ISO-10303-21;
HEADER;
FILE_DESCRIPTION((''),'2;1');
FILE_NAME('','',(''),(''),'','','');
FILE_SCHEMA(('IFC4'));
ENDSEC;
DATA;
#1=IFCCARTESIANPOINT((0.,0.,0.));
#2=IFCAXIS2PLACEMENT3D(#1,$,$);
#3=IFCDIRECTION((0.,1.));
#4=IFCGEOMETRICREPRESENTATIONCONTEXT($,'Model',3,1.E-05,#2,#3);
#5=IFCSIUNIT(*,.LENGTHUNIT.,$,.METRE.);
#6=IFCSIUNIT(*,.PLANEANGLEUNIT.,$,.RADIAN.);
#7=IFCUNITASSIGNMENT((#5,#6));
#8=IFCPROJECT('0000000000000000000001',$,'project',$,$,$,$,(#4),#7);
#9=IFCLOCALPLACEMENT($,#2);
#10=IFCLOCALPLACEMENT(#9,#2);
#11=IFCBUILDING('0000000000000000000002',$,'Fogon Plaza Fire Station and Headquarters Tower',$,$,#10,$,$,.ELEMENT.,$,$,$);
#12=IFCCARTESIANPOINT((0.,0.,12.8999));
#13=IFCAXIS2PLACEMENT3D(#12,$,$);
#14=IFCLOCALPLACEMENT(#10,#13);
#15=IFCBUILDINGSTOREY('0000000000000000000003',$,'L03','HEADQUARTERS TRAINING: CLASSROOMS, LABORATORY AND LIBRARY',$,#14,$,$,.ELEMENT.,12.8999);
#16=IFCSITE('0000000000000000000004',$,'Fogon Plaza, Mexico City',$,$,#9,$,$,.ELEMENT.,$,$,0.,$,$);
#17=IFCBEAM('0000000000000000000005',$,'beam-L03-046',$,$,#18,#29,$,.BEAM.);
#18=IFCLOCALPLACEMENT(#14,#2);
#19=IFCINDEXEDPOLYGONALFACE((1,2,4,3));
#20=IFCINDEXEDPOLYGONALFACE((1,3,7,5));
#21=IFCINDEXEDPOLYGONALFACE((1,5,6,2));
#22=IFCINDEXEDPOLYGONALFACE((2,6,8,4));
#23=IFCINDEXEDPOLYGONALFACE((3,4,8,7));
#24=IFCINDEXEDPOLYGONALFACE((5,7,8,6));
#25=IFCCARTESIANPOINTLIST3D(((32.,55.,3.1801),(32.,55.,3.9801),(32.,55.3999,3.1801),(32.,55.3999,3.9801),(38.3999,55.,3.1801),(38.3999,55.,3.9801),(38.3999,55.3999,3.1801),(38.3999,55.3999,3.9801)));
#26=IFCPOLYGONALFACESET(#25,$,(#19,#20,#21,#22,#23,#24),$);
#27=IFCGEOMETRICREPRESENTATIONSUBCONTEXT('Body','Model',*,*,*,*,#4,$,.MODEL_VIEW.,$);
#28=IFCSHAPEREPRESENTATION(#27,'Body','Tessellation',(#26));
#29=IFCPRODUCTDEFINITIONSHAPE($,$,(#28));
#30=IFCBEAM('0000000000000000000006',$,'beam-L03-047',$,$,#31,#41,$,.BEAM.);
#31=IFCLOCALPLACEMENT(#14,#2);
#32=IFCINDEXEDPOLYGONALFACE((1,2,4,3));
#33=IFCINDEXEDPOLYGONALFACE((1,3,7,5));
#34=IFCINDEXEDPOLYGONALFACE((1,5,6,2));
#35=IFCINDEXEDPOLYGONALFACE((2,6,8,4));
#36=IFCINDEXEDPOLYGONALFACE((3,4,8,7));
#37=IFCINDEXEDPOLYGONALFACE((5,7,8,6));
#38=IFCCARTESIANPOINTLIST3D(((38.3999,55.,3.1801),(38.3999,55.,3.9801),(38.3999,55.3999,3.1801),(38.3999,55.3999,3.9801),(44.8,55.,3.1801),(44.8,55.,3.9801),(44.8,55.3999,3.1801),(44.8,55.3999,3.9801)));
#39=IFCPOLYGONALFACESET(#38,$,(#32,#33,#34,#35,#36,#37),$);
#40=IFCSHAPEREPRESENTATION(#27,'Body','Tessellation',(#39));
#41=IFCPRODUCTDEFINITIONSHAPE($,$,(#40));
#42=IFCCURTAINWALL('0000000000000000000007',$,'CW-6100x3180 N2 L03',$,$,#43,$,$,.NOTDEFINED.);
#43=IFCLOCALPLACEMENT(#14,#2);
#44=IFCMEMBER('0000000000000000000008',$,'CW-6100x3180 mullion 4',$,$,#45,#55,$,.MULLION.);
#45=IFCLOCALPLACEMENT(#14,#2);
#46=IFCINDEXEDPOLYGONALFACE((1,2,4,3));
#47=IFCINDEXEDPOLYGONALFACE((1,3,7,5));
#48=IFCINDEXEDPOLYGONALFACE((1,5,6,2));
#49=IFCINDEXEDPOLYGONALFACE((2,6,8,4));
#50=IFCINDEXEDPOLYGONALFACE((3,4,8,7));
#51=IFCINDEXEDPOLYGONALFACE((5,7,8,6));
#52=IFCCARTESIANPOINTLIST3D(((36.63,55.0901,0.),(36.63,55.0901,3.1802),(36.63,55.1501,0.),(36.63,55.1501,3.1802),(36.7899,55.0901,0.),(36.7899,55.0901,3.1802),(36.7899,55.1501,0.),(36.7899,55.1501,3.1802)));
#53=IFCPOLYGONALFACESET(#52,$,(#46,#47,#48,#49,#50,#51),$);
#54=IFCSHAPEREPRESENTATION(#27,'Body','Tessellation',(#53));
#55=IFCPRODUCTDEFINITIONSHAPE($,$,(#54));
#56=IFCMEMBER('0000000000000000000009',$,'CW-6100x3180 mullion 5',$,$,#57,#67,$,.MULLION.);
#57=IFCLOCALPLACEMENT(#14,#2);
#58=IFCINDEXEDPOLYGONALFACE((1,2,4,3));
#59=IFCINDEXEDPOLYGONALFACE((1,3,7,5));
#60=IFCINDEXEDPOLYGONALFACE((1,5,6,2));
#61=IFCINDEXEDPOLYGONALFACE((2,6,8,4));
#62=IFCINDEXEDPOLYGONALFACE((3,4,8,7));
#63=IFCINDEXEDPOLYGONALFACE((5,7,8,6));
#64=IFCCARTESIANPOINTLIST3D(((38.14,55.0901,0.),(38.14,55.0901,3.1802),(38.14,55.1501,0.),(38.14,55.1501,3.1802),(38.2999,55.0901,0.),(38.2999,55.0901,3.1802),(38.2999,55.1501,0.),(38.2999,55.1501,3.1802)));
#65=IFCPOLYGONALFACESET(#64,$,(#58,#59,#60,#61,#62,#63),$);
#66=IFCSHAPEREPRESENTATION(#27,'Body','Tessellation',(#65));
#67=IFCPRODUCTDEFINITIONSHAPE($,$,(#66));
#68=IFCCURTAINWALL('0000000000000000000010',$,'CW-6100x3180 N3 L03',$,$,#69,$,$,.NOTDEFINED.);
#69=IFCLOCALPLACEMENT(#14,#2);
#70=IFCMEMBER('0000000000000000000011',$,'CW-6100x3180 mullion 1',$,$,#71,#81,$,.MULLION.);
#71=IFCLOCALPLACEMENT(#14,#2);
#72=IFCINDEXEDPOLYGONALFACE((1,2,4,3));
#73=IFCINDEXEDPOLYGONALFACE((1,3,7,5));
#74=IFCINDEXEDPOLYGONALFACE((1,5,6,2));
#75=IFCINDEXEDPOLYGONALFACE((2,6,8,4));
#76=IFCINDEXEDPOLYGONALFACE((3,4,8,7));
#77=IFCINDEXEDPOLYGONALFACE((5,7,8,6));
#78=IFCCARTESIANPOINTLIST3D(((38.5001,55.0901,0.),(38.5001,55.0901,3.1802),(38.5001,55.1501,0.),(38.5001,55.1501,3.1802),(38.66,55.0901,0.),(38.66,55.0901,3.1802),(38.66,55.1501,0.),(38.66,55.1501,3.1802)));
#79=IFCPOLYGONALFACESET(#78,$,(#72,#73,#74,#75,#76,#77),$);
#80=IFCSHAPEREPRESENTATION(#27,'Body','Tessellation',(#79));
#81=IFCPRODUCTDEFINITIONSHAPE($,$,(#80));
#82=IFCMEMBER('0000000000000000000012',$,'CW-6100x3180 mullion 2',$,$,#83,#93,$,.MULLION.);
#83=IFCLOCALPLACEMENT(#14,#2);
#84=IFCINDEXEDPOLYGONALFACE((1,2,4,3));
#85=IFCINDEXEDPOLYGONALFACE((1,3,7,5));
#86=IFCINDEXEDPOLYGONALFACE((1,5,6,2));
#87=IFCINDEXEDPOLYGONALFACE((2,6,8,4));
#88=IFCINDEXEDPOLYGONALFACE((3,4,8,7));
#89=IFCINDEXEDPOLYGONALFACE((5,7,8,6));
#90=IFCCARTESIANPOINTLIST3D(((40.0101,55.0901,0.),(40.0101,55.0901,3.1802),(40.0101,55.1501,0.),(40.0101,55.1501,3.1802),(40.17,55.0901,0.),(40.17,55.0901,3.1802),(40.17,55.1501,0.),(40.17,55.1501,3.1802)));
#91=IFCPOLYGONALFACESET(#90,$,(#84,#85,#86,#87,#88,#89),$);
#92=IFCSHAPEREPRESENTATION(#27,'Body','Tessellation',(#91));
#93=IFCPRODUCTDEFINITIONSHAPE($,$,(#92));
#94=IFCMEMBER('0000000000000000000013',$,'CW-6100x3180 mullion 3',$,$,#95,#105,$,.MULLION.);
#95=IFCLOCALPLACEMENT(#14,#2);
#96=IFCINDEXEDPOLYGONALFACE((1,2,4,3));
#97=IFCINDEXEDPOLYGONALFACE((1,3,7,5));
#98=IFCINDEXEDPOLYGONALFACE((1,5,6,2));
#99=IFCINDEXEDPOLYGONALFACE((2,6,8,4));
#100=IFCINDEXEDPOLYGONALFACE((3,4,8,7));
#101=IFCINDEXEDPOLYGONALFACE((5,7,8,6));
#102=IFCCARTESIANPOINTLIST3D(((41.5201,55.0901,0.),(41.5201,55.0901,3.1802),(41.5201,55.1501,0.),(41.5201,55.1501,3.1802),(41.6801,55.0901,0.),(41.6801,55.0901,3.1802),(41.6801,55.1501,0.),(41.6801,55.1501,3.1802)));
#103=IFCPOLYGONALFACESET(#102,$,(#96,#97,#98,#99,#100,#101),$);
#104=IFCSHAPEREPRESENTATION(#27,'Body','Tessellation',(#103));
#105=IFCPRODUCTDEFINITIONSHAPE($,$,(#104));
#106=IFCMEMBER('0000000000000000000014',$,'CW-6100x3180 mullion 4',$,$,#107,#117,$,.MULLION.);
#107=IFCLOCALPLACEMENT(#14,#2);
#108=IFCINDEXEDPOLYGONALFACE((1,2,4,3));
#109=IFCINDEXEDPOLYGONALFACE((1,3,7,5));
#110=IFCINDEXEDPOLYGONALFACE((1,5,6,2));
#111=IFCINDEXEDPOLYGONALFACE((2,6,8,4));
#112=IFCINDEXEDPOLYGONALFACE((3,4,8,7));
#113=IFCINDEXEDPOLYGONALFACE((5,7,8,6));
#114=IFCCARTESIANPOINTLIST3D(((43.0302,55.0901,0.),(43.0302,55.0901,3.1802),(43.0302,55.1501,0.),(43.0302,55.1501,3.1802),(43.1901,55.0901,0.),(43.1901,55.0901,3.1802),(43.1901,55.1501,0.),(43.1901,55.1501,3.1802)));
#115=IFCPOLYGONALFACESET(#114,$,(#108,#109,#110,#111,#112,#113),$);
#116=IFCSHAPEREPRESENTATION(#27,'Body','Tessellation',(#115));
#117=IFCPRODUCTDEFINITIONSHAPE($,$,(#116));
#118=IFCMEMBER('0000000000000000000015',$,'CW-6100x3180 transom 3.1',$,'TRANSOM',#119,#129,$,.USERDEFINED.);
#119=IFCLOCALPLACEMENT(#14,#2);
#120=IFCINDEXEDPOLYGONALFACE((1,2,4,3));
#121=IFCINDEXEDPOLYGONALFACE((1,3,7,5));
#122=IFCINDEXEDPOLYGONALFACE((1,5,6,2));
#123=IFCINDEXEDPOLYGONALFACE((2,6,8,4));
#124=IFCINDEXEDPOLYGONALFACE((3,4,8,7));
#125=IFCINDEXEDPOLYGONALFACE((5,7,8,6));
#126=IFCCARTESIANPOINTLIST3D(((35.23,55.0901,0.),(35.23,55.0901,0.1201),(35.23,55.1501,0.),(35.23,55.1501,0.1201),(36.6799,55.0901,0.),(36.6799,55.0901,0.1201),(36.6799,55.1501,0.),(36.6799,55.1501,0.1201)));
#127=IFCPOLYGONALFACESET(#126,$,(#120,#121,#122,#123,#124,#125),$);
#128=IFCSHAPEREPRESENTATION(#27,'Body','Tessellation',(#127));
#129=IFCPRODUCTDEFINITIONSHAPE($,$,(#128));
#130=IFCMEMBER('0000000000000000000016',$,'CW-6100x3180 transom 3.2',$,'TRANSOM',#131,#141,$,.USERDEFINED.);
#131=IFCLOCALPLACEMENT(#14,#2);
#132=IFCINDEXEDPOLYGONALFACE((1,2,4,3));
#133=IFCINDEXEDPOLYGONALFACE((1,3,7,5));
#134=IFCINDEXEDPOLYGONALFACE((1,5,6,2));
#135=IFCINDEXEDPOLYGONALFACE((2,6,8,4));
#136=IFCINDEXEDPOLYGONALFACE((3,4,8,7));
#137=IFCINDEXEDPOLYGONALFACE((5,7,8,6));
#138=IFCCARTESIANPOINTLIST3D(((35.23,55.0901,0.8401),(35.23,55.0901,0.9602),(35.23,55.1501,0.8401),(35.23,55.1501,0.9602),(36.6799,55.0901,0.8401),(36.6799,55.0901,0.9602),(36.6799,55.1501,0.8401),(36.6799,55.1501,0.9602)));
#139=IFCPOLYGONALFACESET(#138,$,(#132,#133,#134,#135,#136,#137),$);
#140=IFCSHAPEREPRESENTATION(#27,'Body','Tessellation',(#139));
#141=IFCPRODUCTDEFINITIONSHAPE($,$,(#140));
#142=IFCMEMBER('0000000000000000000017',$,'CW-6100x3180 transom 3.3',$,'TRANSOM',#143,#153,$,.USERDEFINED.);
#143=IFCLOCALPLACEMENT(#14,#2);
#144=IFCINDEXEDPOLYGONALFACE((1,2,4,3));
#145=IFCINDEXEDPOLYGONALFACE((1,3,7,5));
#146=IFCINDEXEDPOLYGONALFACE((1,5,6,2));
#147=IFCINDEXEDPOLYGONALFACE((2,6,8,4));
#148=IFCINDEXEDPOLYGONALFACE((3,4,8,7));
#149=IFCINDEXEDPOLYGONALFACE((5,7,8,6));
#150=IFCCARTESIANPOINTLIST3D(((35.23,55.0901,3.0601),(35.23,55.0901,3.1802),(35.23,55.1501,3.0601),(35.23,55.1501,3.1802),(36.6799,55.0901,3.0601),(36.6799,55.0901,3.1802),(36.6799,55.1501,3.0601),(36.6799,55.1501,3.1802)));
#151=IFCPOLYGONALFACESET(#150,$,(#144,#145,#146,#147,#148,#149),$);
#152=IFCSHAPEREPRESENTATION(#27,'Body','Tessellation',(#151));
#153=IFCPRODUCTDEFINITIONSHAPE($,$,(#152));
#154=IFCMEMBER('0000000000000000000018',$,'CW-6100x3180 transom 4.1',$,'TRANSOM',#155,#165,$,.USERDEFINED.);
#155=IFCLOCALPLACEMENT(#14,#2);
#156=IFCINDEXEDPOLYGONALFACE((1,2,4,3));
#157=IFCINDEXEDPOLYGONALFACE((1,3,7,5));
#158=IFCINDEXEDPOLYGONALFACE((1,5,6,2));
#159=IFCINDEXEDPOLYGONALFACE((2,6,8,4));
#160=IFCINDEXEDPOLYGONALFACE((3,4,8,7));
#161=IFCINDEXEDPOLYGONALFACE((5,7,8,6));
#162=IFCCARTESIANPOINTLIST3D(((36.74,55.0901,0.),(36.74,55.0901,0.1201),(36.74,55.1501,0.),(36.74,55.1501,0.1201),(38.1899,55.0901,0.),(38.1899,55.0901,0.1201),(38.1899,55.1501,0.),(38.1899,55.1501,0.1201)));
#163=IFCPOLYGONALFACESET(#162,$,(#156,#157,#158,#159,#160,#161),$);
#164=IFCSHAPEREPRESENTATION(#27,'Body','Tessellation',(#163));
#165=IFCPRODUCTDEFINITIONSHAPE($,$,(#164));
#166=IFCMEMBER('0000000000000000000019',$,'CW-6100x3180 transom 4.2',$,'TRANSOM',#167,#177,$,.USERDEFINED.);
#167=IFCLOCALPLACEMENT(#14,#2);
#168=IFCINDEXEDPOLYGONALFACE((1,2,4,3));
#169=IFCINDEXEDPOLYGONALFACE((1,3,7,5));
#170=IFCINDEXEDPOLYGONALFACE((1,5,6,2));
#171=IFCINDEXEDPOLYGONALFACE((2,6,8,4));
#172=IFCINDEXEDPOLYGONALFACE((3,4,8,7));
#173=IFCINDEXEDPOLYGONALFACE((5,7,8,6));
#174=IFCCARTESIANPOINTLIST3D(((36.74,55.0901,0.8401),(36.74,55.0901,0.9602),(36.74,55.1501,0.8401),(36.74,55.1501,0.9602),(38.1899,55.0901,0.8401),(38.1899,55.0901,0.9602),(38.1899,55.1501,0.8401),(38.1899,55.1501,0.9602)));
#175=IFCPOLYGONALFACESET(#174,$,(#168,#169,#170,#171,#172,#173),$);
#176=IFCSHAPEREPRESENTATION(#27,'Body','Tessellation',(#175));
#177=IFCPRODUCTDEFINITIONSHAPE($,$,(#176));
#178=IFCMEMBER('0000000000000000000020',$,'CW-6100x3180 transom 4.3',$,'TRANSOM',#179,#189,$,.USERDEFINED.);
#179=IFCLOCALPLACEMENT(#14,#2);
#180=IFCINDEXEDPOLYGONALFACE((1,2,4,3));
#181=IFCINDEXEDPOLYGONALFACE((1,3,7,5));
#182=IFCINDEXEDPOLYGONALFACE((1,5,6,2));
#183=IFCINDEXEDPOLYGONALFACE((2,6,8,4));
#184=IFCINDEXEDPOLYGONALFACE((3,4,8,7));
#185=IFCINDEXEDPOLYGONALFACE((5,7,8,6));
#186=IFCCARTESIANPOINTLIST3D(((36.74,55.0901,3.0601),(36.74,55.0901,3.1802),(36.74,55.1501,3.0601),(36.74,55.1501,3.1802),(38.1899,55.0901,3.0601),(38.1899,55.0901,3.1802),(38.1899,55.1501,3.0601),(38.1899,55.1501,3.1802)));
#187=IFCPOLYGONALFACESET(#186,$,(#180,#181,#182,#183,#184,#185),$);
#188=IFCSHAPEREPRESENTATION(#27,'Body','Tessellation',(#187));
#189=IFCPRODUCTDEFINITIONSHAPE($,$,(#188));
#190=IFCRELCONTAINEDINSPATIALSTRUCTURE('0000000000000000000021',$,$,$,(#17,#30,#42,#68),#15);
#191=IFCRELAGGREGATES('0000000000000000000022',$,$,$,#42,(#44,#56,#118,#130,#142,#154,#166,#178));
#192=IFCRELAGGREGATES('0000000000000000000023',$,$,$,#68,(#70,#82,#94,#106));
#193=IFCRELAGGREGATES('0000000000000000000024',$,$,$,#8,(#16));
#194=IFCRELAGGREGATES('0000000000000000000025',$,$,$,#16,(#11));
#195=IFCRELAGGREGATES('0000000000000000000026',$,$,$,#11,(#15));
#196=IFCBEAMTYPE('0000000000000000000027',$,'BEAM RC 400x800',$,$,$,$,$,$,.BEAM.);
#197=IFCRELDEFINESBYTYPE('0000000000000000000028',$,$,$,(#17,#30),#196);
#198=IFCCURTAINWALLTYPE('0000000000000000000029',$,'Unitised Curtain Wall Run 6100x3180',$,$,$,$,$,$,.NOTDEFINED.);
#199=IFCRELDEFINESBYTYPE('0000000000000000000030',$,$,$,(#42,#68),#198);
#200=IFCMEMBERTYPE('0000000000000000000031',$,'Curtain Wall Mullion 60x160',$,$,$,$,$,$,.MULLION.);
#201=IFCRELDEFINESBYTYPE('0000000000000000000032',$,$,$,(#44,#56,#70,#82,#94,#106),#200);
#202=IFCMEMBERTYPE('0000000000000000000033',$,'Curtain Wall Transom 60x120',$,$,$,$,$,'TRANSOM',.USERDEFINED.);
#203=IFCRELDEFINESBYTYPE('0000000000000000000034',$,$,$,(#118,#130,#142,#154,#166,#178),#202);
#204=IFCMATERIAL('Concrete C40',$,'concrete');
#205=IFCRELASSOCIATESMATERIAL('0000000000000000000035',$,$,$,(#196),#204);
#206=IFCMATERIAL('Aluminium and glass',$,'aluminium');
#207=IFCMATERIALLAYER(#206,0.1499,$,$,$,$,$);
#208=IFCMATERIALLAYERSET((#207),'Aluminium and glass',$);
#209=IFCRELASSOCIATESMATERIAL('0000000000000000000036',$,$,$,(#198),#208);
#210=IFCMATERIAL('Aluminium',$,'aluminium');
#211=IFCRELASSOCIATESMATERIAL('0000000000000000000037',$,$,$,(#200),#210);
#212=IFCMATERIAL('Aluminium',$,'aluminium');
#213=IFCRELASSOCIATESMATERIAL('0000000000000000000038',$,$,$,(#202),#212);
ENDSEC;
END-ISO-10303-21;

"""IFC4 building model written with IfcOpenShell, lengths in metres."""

from ifc_helpers import new_model, si_unit, direction, frame, origin, origin_2d, place, context, subcontext, project, spatial, rectangle, extrude, material, layer, layer_set, material_profile, profile_set, type_object, element, aggregate, save


model = new_model("IFC4")

# Units and contexts
model_context = context("Model", 3, precision=1e-05, world=origin(), true_north=direction((0.0, 1.0)))
body_context = subcontext(model_context, "Body", "Model", "MODEL_VIEW")
ifc_project = project(units=[si_unit("LENGTHUNIT", "METRE"), si_unit("PLANEANGLEUNIT", "RADIAN")], contexts=[model_context])

# Site, building, storey
site_placement = place(None, origin())
site = spatial("IfcSite", under=ifc_project, at=site_placement, Name="Fogon Plaza, Mexico City", CompositionType="ELEMENT", RefElevation=0.0)
building_placement = place(site_placement, origin())
building = spatial("IfcBuilding", under=site, at=building_placement, Name="Fogon Plaza Fire Station and Headquarters Tower", CompositionType="ELEMENT")
storey_placement = place(building_placement, frame((0.0, 0.0, 12.8999)))
storey = spatial("IfcBuildingStorey", under=building, at=storey_placement, Name="L03", Description="HEADQUARTERS TRAINING: CLASSROOMS, LABORATORY AND LIBRARY", CompositionType="ELEMENT", Elevation=12.8999)

# Beams
ifc_material_1 = material(Name="Concrete C40", Category="concrete")
ifc_material_profile_1 = material_profile(ifc_material_1, rectangle(XDim=0.3999, YDim=0.8, at=origin_2d()), Name="RC 400x800")
ifc_profile_set_1 = profile_set([ifc_material_profile_1], Name="Concrete C40")
beam_type = type_object("IfcBeamType", Name="BEAM RC 400x800", PredefinedType="BEAM", material=ifc_profile_set_1)
beam_1_placement = place(storey_placement, frame((32.0, 55.2, 3.5801), z_axis=(1.0, 0.0, 0.0), x_axis=(0.0, 1.0, 0.0)))
element("IfcBeam", 1, at=beam_1_placement, inside=storey, type_object=beam_type, Name="beam-L03-046", PredefinedType="BEAM", context=body_context, shape_type="SweptSolid", body=[
    extrude(rectangle(XDim=0.3999, YDim=0.8, at=origin_2d()), origin(), (0.0, 0.0, 1.0), 6.3999),
])
beam_2_placement = place(storey_placement, frame((38.3999, 55.2, 3.5801), z_axis=(1.0, 0.0, 0.0), x_axis=(0.0, 1.0, 0.0)))
element("IfcBeam", 2, at=beam_2_placement, inside=storey, type_object=beam_type, Name="beam-L03-047", PredefinedType="BEAM", context=body_context, shape_type="SweptSolid", body=[
    extrude(rectangle(XDim=0.3999, YDim=0.8, at=origin_2d()), origin(), (0.0, 0.0, 1.0), 6.4001),
])

# Curtain walls, members
ifc_material_2 = material(Name="Aluminium and glass", Category="aluminium")
ifc_layer_1 = layer(ifc_material_2, 0.1499)
ifc_layer_set_1 = layer_set([ifc_layer_1], Name="Aluminium and glass")
curtain_wall_type = type_object("IfcCurtainWallType", Name="Unitised Curtain Wall Run 6100x3180", PredefinedType="NOTDEFINED", material=ifc_layer_set_1)
curtain_wall_1_placement = place(storey_placement, origin())
curtain_wall_1 = element("IfcCurtainWall", 3, at=curtain_wall_1_placement, inside=storey, type_object=curtain_wall_type, Name="CW-6100x3180 N2 L03", PredefinedType="NOTDEFINED")
ifc_material_3 = material(Name="Aluminium", Category="aluminium")
ifc_material_profile_2 = material_profile(ifc_material_3, rectangle(XDim=0.0601, YDim=0.1599, at=origin_2d()), Name="Curtain Wall Mullion 60x160")
ifc_profile_set_2 = profile_set([ifc_material_profile_2], Name="Aluminium")
member_type_1 = type_object("IfcMemberType", Name="Curtain Wall Mullion 60x160", PredefinedType="MULLION", material=ifc_profile_set_2)
member_1_placement = place(storey_placement, frame((36.71, 55.1201, 0.0), z_axis=(0.0, 0.0, 1.0), x_axis=(0.0, 1.0, 0.0)))
member_1 = element("IfcMember", 4, at=member_1_placement, type_object=member_type_1, Name="CW-6100x3180 mullion 4", PredefinedType="MULLION", context=body_context, shape_type="SweptSolid", body=[
    extrude(rectangle(XDim=0.0601, YDim=0.1599, at=origin_2d()), origin(), (0.0, 0.0, 1.0), 3.1802),
])
member_2_placement = place(storey_placement, frame((38.22, 55.1201, 0.0), z_axis=(0.0, 0.0, 1.0), x_axis=(0.0, 1.0, 0.0)))
member_2 = element("IfcMember", 5, at=member_2_placement, type_object=member_type_1, Name="CW-6100x3180 mullion 5", PredefinedType="MULLION", context=body_context, shape_type="SweptSolid", body=[
    extrude(rectangle(XDim=0.0601, YDim=0.1599, at=origin_2d()), origin(), (0.0, 0.0, 1.0), 3.1802),
])
curtain_wall_2_placement = place(storey_placement, origin())
curtain_wall_2 = element("IfcCurtainWall", 6, at=curtain_wall_2_placement, inside=storey, type_object=curtain_wall_type, Name="CW-6100x3180 N3 L03", PredefinedType="NOTDEFINED")
member_3_placement = place(storey_placement, frame((38.5801, 55.1201, 0.0), z_axis=(0.0, 0.0, 1.0), x_axis=(0.0, 1.0, 0.0)))
member_3 = element("IfcMember", 7, at=member_3_placement, type_object=member_type_1, Name="CW-6100x3180 mullion 1", PredefinedType="MULLION", context=body_context, shape_type="SweptSolid", body=[
    extrude(rectangle(XDim=0.0601, YDim=0.1599, at=origin_2d()), origin(), (0.0, 0.0, 1.0), 3.1802),
])
member_4_placement = place(storey_placement, frame((40.0901, 55.1201, 0.0), z_axis=(0.0, 0.0, 1.0), x_axis=(0.0, 1.0, 0.0)))
member_4 = element("IfcMember", 8, at=member_4_placement, type_object=member_type_1, Name="CW-6100x3180 mullion 2", PredefinedType="MULLION", context=body_context, shape_type="SweptSolid", body=[
    extrude(rectangle(XDim=0.0601, YDim=0.1599, at=origin_2d()), origin(), (0.0, 0.0, 1.0), 3.1802),
])
member_5_placement = place(storey_placement, frame((41.6001, 55.1201, 0.0), z_axis=(0.0, 0.0, 1.0), x_axis=(0.0, 1.0, 0.0)))
member_5 = element("IfcMember", 9, at=member_5_placement, type_object=member_type_1, Name="CW-6100x3180 mullion 3", PredefinedType="MULLION", context=body_context, shape_type="SweptSolid", body=[
    extrude(rectangle(XDim=0.0601, YDim=0.1599, at=origin_2d()), origin(), (0.0, 0.0, 1.0), 3.1802),
])
member_6_placement = place(storey_placement, frame((43.1101, 55.1201, 0.0), z_axis=(0.0, 0.0, 1.0), x_axis=(0.0, 1.0, 0.0)))
member_6 = element("IfcMember", 10, at=member_6_placement, type_object=member_type_1, Name="CW-6100x3180 mullion 4", PredefinedType="MULLION", context=body_context, shape_type="SweptSolid", body=[
    extrude(rectangle(XDim=0.0601, YDim=0.1599, at=origin_2d()), origin(), (0.0, 0.0, 1.0), 3.1802),
])

# Members
ifc_material_4 = material(Name="Aluminium", Category="aluminium")
ifc_material_profile_3 = material_profile(ifc_material_4, rectangle(XDim=0.0601, YDim=0.1201, at=origin_2d()), Name="Curtain Wall Transom 60x120")
ifc_profile_set_3 = profile_set([ifc_material_profile_3], Name="Aluminium")
member_type_2 = type_object("IfcMemberType", Name="Curtain Wall Transom 60x120", ElementType="TRANSOM", PredefinedType="USERDEFINED", material=ifc_profile_set_3)
member_7_placement = place(storey_placement, frame((35.23, 55.1201, 0.0601), z_axis=(1.0, 0.0, 0.0), x_axis=(0.0, 1.0, 0.0)))
member_7 = element("IfcMember", 11, at=member_7_placement, type_object=member_type_2, Name="CW-6100x3180 transom 3.1", ObjectType="TRANSOM", PredefinedType="USERDEFINED", context=body_context, shape_type="SweptSolid", body=[
    extrude(rectangle(XDim=0.0601, YDim=0.1201, at=origin_2d()), origin(), (0.0, 0.0, 1.0), 1.45),
])
member_8_placement = place(storey_placement, frame((35.23, 55.1201, 0.9001), z_axis=(1.0, 0.0, 0.0), x_axis=(0.0, 1.0, 0.0)))
member_8 = element("IfcMember", 12, at=member_8_placement, type_object=member_type_2, Name="CW-6100x3180 transom 3.2", ObjectType="TRANSOM", PredefinedType="USERDEFINED", context=body_context, shape_type="SweptSolid", body=[
    extrude(rectangle(XDim=0.0601, YDim=0.1201, at=origin_2d()), origin(), (0.0, 0.0, 1.0), 1.45),
])
member_9_placement = place(storey_placement, frame((35.23, 55.1201, 3.1201), z_axis=(1.0, 0.0, 0.0), x_axis=(0.0, 1.0, 0.0)))
member_9 = element("IfcMember", 13, at=member_9_placement, type_object=member_type_2, Name="CW-6100x3180 transom 3.3", ObjectType="TRANSOM", PredefinedType="USERDEFINED", context=body_context, shape_type="SweptSolid", body=[
    extrude(rectangle(XDim=0.0601, YDim=0.1201, at=origin_2d()), origin(), (0.0, 0.0, 1.0), 1.45),
])
member_10_placement = place(storey_placement, frame((36.74, 55.1201, 0.0601), z_axis=(1.0, 0.0, 0.0), x_axis=(0.0, 1.0, 0.0)))
member_10 = element("IfcMember", 14, at=member_10_placement, type_object=member_type_2, Name="CW-6100x3180 transom 4.1", ObjectType="TRANSOM", PredefinedType="USERDEFINED", context=body_context, shape_type="SweptSolid", body=[
    extrude(rectangle(XDim=0.0601, YDim=0.1201, at=origin_2d()), origin(), (0.0, 0.0, 1.0), 1.45),
])
member_11_placement = place(storey_placement, frame((36.74, 55.1201, 0.9001), z_axis=(1.0, 0.0, 0.0), x_axis=(0.0, 1.0, 0.0)))
member_11 = element("IfcMember", 15, at=member_11_placement, type_object=member_type_2, Name="CW-6100x3180 transom 4.2", ObjectType="TRANSOM", PredefinedType="USERDEFINED", context=body_context, shape_type="SweptSolid", body=[
    extrude(rectangle(XDim=0.0601, YDim=0.1201, at=origin_2d()), origin(), (0.0, 0.0, 1.0), 1.45),
])
member_12_placement = place(storey_placement, frame((36.74, 55.1201, 3.1201), z_axis=(1.0, 0.0, 0.0), x_axis=(0.0, 1.0, 0.0)))
member_12 = element("IfcMember", 16, at=member_12_placement, type_object=member_type_2, Name="CW-6100x3180 transom 4.3", ObjectType="TRANSOM", PredefinedType="USERDEFINED", context=body_context, shape_type="SweptSolid", body=[
    extrude(rectangle(XDim=0.0601, YDim=0.1201, at=origin_2d()), origin(), (0.0, 0.0, 1.0), 1.45),
])

aggregate(curtain_wall_1, [member_1, member_2, member_7, member_8, member_9, member_10, member_11, member_12])
aggregate(curtain_wall_2, [member_3, member_4, member_5, member_6])

save(model, "model.ifc")
